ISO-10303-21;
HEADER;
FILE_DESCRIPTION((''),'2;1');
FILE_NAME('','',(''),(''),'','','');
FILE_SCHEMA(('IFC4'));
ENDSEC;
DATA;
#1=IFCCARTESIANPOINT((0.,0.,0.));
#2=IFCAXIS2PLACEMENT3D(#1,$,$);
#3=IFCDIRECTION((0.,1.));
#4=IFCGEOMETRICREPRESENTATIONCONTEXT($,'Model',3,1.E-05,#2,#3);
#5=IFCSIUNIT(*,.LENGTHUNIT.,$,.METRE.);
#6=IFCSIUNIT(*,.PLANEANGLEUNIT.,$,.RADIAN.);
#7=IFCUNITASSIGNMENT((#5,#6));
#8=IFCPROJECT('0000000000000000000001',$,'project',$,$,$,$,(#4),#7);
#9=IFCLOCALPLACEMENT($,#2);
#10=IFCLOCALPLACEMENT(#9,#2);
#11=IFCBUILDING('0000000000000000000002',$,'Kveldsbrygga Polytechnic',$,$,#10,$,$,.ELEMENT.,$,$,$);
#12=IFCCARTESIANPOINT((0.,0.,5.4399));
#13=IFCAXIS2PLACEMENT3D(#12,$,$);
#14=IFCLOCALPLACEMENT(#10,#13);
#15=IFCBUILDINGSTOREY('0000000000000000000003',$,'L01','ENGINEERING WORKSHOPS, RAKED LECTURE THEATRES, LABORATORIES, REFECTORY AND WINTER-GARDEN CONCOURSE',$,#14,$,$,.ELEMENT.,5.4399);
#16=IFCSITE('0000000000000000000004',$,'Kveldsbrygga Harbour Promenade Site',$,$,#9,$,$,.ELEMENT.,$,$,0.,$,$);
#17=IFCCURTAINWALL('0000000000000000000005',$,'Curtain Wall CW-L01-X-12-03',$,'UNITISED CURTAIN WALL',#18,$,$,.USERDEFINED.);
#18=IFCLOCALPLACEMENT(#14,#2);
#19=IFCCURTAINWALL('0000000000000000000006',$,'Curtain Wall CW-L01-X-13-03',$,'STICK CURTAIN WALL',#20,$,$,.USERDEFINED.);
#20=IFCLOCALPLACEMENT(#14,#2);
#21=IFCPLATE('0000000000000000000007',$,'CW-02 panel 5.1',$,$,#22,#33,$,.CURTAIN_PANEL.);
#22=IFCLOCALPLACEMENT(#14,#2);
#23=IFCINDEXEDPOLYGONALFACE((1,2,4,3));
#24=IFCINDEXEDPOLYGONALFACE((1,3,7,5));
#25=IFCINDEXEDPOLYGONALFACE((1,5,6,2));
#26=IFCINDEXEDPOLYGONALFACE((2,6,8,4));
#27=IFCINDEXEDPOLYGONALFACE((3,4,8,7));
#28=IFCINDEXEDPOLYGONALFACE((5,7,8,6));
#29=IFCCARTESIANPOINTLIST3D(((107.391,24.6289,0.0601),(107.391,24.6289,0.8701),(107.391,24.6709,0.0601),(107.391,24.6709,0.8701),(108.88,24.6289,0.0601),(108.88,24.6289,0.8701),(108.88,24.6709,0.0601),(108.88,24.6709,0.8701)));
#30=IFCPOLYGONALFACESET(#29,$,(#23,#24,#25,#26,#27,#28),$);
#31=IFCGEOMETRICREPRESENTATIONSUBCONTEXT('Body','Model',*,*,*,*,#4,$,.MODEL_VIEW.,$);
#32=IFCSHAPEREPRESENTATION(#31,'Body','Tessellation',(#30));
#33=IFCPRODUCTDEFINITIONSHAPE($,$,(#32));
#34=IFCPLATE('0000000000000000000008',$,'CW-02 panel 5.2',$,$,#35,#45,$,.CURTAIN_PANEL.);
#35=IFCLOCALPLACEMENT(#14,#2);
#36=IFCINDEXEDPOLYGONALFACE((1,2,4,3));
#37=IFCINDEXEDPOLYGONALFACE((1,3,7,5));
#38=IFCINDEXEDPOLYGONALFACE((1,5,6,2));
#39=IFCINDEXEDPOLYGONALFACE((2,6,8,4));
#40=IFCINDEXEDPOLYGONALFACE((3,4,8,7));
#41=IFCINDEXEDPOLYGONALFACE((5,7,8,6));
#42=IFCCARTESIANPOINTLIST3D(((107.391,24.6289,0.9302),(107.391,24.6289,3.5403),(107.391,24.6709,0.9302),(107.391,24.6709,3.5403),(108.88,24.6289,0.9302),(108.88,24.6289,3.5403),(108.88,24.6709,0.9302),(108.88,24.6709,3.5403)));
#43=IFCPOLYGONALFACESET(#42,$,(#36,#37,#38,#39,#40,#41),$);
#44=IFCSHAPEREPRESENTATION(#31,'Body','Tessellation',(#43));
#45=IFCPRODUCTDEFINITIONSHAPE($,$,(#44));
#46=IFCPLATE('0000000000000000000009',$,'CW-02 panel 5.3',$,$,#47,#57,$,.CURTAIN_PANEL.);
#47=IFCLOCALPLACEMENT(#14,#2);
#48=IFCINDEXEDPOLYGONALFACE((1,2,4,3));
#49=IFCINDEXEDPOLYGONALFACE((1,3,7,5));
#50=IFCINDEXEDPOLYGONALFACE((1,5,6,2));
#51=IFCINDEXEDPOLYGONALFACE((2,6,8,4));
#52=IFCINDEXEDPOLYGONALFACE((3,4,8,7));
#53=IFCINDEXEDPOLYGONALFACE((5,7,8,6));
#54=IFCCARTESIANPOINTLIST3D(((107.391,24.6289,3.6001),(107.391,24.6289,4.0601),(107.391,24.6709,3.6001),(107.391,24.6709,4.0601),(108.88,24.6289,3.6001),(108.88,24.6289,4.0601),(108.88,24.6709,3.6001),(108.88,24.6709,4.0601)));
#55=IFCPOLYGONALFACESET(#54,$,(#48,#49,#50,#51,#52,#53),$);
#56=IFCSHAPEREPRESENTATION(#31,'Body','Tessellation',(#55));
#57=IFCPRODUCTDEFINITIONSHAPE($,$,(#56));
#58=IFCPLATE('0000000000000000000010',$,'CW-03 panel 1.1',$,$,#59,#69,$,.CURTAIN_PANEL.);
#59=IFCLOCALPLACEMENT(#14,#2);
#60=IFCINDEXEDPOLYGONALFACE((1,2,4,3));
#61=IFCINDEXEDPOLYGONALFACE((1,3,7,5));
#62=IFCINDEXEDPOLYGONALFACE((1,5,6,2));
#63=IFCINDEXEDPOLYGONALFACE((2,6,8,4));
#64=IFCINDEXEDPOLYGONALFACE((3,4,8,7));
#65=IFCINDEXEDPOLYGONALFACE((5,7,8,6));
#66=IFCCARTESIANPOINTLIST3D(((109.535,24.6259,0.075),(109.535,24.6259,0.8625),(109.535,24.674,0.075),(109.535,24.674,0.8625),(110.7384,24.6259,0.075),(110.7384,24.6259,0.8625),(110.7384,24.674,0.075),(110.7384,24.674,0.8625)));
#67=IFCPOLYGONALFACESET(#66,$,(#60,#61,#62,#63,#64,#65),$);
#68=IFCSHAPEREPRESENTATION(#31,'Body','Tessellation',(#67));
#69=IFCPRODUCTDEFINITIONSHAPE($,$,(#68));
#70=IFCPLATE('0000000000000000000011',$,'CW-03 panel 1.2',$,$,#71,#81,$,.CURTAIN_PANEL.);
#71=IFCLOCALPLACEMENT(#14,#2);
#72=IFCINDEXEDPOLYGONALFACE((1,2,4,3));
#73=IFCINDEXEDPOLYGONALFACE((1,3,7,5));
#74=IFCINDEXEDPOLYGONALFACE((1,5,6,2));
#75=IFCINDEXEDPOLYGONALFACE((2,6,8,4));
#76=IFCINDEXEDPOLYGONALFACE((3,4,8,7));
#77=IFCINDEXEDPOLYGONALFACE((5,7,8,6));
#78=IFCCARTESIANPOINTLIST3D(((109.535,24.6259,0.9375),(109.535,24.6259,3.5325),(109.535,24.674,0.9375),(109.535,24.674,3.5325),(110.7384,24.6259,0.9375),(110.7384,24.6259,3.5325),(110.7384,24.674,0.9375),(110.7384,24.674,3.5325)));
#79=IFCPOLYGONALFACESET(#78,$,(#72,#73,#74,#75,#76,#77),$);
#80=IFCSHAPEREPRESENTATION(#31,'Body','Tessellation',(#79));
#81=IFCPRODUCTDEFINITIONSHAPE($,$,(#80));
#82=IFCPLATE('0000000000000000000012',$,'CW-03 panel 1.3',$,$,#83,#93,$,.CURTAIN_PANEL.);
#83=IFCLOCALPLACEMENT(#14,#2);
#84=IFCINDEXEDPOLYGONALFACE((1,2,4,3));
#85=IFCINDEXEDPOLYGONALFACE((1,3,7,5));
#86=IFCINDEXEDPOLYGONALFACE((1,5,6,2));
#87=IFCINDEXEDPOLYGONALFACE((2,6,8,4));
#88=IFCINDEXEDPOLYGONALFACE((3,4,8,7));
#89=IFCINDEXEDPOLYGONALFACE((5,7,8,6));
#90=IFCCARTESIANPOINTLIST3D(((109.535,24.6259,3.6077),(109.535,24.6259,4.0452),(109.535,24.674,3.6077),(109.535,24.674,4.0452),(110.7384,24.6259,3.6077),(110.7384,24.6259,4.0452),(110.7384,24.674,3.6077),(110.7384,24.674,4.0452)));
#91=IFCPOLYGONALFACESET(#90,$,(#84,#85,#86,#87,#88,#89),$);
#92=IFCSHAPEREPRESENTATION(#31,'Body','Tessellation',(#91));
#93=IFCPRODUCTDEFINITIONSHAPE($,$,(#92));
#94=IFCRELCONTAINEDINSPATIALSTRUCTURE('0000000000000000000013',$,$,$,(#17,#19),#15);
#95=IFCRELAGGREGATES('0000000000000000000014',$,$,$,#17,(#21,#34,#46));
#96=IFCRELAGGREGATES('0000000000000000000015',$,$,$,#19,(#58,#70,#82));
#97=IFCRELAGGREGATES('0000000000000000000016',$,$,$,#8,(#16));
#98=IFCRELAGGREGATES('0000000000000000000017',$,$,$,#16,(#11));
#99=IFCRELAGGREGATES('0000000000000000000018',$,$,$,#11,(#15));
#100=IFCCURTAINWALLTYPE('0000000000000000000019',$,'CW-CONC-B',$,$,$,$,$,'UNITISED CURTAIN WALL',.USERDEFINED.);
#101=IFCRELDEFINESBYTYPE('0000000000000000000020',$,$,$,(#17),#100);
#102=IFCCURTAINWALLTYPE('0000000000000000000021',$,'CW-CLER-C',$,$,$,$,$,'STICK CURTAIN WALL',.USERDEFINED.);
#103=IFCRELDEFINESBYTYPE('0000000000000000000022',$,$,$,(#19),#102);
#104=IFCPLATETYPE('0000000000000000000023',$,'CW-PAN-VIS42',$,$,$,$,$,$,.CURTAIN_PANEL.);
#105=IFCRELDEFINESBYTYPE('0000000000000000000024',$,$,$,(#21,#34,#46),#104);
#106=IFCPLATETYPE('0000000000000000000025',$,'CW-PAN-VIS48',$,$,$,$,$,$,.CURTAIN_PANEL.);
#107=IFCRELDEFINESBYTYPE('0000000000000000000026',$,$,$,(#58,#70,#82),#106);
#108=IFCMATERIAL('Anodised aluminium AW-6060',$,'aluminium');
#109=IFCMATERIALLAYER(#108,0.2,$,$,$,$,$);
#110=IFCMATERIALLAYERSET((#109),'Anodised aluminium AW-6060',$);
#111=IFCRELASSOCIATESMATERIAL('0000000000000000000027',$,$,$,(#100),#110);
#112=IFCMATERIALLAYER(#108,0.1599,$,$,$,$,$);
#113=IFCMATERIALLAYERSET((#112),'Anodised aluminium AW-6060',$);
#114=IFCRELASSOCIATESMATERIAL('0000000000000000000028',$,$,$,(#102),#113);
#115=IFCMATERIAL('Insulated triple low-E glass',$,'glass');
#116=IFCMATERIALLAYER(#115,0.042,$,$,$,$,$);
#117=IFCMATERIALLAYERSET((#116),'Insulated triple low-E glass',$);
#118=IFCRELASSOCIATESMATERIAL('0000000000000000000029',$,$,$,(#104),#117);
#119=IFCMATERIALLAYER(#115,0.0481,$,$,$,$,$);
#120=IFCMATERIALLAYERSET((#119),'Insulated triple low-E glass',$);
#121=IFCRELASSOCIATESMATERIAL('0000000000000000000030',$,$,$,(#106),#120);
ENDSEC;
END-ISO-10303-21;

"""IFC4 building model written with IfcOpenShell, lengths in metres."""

from ifc_helpers import new_model, si_unit, direction, frame, origin, origin_2d, place, context, subcontext, project, spatial, rectangle, extrude, material, layer, layer_set, type_object, element, aggregate, save


model = new_model("IFC4")

# Units and contexts
model_context = context("Model", 3, precision=1e-05, world=origin(), true_north=direction((0.0, 1.0)))
body_context = subcontext(model_context, "Body", "Model", "MODEL_VIEW")
ifc_project = project(units=[si_unit("LENGTHUNIT", "METRE"), si_unit("PLANEANGLEUNIT", "RADIAN")], contexts=[model_context])

# Site, building, storey
site_placement = place(None, origin())
site = spatial("IfcSite", under=ifc_project, at=site_placement, Name="Kveldsbrygga Harbour Promenade Site", CompositionType="ELEMENT", RefElevation=0.0)
building_placement = place(site_placement, origin())
building = spatial("IfcBuilding", under=site, at=building_placement, Name="Kveldsbrygga Polytechnic", CompositionType="ELEMENT")
storey_placement = place(building_placement, frame((0.0, 0.0, 5.4399)))
storey = spatial("IfcBuildingStorey", under=building, at=storey_placement, Name="L01", Description="ENGINEERING WORKSHOPS, RAKED LECTURE THEATRES, LABORATORIES, REFECTORY AND WINTER-GARDEN CONCOURSE", CompositionType="ELEMENT", Elevation=5.4399)

# Curtain wall
ifc_material_1 = material(Name="Anodised aluminium AW-6060", Category="aluminium")
ifc_layer_1 = layer(ifc_material_1, 0.2)
ifc_layer_set_1 = layer_set([ifc_layer_1], Name="Anodised aluminium AW-6060")
curtain_wall_type_1 = type_object("IfcCurtainWallType", Name="CW-CONC-B", ElementType="UNITISED CURTAIN WALL", PredefinedType="USERDEFINED", material=ifc_layer_set_1)
curtain_wall_1_placement = place(storey_placement, origin())
curtain_wall_1 = element("IfcCurtainWall", 1, at=curtain_wall_1_placement, inside=storey, type_object=curtain_wall_type_1, Name="Curtain Wall CW-L01-X-12-03", ObjectType="UNITISED CURTAIN WALL", PredefinedType="USERDEFINED")

# Curtain wall
ifc_layer_2 = layer(ifc_material_1, 0.1599)
ifc_layer_set_2 = layer_set([ifc_layer_2], Name="Anodised aluminium AW-6060")
curtain_wall_type_2 = type_object("IfcCurtainWallType", Name="CW-CLER-C", ElementType="STICK CURTAIN WALL", PredefinedType="USERDEFINED", material=ifc_layer_set_2)
curtain_wall_2_placement = place(storey_placement, origin())
curtain_wall_2 = element("IfcCurtainWall", 2, at=curtain_wall_2_placement, inside=storey, type_object=curtain_wall_type_2, Name="Curtain Wall CW-L01-X-13-03", ObjectType="STICK CURTAIN WALL", PredefinedType="USERDEFINED")

# Plates
ifc_material_2 = material(Name="Insulated triple low-E glass", Category="glass")
ifc_layer_3 = layer(ifc_material_2, 0.042)
ifc_layer_set_3 = layer_set([ifc_layer_3], Name="Insulated triple low-E glass")
plate_type_1 = type_object("IfcPlateType", Name="CW-PAN-VIS42", PredefinedType="CURTAIN_PANEL", material=ifc_layer_set_3)
plate_1_placement = place(storey_placement, frame((108.1355, 24.6499, 0.0601), z_axis=(0.0, 0.0, 1.0), x_axis=(1.0, 0.0, 0.0)))
plate_1 = element("IfcPlate", 3, at=plate_1_placement, type_object=plate_type_1, Name="CW-02 panel 5.1", PredefinedType="CURTAIN_PANEL", context=body_context, shape_type="SweptSolid", body=[
    extrude(rectangle(XDim=1.489, YDim=0.042, at=origin_2d()), origin(), (0.0, 0.0, 1.0), 0.8101),
])
plate_2_placement = place(storey_placement, frame((108.1355, 24.6499, 0.9302), z_axis=(0.0, 0.0, 1.0), x_axis=(1.0, 0.0, 0.0)))
plate_2 = element("IfcPlate", 4, at=plate_2_placement, type_object=plate_type_1, Name="CW-02 panel 5.2", PredefinedType="CURTAIN_PANEL", context=body_context, shape_type="SweptSolid", body=[
    extrude(rectangle(XDim=1.489, YDim=0.042, at=origin_2d()), origin(), (0.0, 0.0, 1.0), 2.6101),
])
plate_3_placement = place(storey_placement, frame((108.1355, 24.6499, 3.6001), z_axis=(0.0, 0.0, 1.0), x_axis=(1.0, 0.0, 0.0)))
plate_3 = element("IfcPlate", 5, at=plate_3_placement, type_object=plate_type_1, Name="CW-02 panel 5.3", PredefinedType="CURTAIN_PANEL", context=body_context, shape_type="SweptSolid", body=[
    extrude(rectangle(XDim=1.489, YDim=0.042, at=origin_2d()), origin(), (0.0, 0.0, 1.0), 0.46),
])
aggregate(curtain_wall_1, [plate_1, plate_2, plate_3])
ifc_layer_4 = layer(ifc_material_2, 0.0481)
ifc_layer_set_4 = layer_set([ifc_layer_4], Name="Insulated triple low-E glass")
plate_type_2 = type_object("IfcPlateType", Name="CW-PAN-VIS48", PredefinedType="CURTAIN_PANEL", material=ifc_layer_set_4)
plate_4_placement = place(storey_placement, frame((110.1367, 24.6499, 0.075), z_axis=(0.0, 0.0, 1.0), x_axis=(1.0, 0.0, 0.0)))
plate_4 = element("IfcPlate", 6, at=plate_4_placement, type_object=plate_type_2, Name="CW-03 panel 1.1", PredefinedType="CURTAIN_PANEL", context=body_context, shape_type="SweptSolid", body=[
    extrude(rectangle(XDim=1.2034, YDim=0.0481, at=origin_2d()), origin(), (0.0, 0.0, 1.0), 0.7876),
])
plate_5_placement = place(storey_placement, frame((110.1367, 24.6499, 0.9375), z_axis=(0.0, 0.0, 1.0), x_axis=(1.0, 0.0, 0.0)))
plate_5 = element("IfcPlate", 7, at=plate_5_placement, type_object=plate_type_2, Name="CW-03 panel 1.2", PredefinedType="CURTAIN_PANEL", context=body_context, shape_type="SweptSolid", body=[
    extrude(rectangle(XDim=1.2034, YDim=0.0481, at=origin_2d()), origin(), (0.0, 0.0, 1.0), 2.595),
])
plate_6_placement = place(storey_placement, frame((110.1367, 24.6499, 3.6077), z_axis=(0.0, 0.0, 1.0), x_axis=(1.0, 0.0, 0.0)))
plate_6 = element("IfcPlate", 8, at=plate_6_placement, type_object=plate_type_2, Name="CW-03 panel 1.3", PredefinedType="CURTAIN_PANEL", context=body_context, shape_type="SweptSolid", body=[
    extrude(rectangle(XDim=1.2034, YDim=0.0481, at=origin_2d()), origin(), (0.0, 0.0, 1.0), 0.4375),
])
aggregate(curtain_wall_2, [plate_4, plate_5, plate_6])

save(model, "model.ifc")
